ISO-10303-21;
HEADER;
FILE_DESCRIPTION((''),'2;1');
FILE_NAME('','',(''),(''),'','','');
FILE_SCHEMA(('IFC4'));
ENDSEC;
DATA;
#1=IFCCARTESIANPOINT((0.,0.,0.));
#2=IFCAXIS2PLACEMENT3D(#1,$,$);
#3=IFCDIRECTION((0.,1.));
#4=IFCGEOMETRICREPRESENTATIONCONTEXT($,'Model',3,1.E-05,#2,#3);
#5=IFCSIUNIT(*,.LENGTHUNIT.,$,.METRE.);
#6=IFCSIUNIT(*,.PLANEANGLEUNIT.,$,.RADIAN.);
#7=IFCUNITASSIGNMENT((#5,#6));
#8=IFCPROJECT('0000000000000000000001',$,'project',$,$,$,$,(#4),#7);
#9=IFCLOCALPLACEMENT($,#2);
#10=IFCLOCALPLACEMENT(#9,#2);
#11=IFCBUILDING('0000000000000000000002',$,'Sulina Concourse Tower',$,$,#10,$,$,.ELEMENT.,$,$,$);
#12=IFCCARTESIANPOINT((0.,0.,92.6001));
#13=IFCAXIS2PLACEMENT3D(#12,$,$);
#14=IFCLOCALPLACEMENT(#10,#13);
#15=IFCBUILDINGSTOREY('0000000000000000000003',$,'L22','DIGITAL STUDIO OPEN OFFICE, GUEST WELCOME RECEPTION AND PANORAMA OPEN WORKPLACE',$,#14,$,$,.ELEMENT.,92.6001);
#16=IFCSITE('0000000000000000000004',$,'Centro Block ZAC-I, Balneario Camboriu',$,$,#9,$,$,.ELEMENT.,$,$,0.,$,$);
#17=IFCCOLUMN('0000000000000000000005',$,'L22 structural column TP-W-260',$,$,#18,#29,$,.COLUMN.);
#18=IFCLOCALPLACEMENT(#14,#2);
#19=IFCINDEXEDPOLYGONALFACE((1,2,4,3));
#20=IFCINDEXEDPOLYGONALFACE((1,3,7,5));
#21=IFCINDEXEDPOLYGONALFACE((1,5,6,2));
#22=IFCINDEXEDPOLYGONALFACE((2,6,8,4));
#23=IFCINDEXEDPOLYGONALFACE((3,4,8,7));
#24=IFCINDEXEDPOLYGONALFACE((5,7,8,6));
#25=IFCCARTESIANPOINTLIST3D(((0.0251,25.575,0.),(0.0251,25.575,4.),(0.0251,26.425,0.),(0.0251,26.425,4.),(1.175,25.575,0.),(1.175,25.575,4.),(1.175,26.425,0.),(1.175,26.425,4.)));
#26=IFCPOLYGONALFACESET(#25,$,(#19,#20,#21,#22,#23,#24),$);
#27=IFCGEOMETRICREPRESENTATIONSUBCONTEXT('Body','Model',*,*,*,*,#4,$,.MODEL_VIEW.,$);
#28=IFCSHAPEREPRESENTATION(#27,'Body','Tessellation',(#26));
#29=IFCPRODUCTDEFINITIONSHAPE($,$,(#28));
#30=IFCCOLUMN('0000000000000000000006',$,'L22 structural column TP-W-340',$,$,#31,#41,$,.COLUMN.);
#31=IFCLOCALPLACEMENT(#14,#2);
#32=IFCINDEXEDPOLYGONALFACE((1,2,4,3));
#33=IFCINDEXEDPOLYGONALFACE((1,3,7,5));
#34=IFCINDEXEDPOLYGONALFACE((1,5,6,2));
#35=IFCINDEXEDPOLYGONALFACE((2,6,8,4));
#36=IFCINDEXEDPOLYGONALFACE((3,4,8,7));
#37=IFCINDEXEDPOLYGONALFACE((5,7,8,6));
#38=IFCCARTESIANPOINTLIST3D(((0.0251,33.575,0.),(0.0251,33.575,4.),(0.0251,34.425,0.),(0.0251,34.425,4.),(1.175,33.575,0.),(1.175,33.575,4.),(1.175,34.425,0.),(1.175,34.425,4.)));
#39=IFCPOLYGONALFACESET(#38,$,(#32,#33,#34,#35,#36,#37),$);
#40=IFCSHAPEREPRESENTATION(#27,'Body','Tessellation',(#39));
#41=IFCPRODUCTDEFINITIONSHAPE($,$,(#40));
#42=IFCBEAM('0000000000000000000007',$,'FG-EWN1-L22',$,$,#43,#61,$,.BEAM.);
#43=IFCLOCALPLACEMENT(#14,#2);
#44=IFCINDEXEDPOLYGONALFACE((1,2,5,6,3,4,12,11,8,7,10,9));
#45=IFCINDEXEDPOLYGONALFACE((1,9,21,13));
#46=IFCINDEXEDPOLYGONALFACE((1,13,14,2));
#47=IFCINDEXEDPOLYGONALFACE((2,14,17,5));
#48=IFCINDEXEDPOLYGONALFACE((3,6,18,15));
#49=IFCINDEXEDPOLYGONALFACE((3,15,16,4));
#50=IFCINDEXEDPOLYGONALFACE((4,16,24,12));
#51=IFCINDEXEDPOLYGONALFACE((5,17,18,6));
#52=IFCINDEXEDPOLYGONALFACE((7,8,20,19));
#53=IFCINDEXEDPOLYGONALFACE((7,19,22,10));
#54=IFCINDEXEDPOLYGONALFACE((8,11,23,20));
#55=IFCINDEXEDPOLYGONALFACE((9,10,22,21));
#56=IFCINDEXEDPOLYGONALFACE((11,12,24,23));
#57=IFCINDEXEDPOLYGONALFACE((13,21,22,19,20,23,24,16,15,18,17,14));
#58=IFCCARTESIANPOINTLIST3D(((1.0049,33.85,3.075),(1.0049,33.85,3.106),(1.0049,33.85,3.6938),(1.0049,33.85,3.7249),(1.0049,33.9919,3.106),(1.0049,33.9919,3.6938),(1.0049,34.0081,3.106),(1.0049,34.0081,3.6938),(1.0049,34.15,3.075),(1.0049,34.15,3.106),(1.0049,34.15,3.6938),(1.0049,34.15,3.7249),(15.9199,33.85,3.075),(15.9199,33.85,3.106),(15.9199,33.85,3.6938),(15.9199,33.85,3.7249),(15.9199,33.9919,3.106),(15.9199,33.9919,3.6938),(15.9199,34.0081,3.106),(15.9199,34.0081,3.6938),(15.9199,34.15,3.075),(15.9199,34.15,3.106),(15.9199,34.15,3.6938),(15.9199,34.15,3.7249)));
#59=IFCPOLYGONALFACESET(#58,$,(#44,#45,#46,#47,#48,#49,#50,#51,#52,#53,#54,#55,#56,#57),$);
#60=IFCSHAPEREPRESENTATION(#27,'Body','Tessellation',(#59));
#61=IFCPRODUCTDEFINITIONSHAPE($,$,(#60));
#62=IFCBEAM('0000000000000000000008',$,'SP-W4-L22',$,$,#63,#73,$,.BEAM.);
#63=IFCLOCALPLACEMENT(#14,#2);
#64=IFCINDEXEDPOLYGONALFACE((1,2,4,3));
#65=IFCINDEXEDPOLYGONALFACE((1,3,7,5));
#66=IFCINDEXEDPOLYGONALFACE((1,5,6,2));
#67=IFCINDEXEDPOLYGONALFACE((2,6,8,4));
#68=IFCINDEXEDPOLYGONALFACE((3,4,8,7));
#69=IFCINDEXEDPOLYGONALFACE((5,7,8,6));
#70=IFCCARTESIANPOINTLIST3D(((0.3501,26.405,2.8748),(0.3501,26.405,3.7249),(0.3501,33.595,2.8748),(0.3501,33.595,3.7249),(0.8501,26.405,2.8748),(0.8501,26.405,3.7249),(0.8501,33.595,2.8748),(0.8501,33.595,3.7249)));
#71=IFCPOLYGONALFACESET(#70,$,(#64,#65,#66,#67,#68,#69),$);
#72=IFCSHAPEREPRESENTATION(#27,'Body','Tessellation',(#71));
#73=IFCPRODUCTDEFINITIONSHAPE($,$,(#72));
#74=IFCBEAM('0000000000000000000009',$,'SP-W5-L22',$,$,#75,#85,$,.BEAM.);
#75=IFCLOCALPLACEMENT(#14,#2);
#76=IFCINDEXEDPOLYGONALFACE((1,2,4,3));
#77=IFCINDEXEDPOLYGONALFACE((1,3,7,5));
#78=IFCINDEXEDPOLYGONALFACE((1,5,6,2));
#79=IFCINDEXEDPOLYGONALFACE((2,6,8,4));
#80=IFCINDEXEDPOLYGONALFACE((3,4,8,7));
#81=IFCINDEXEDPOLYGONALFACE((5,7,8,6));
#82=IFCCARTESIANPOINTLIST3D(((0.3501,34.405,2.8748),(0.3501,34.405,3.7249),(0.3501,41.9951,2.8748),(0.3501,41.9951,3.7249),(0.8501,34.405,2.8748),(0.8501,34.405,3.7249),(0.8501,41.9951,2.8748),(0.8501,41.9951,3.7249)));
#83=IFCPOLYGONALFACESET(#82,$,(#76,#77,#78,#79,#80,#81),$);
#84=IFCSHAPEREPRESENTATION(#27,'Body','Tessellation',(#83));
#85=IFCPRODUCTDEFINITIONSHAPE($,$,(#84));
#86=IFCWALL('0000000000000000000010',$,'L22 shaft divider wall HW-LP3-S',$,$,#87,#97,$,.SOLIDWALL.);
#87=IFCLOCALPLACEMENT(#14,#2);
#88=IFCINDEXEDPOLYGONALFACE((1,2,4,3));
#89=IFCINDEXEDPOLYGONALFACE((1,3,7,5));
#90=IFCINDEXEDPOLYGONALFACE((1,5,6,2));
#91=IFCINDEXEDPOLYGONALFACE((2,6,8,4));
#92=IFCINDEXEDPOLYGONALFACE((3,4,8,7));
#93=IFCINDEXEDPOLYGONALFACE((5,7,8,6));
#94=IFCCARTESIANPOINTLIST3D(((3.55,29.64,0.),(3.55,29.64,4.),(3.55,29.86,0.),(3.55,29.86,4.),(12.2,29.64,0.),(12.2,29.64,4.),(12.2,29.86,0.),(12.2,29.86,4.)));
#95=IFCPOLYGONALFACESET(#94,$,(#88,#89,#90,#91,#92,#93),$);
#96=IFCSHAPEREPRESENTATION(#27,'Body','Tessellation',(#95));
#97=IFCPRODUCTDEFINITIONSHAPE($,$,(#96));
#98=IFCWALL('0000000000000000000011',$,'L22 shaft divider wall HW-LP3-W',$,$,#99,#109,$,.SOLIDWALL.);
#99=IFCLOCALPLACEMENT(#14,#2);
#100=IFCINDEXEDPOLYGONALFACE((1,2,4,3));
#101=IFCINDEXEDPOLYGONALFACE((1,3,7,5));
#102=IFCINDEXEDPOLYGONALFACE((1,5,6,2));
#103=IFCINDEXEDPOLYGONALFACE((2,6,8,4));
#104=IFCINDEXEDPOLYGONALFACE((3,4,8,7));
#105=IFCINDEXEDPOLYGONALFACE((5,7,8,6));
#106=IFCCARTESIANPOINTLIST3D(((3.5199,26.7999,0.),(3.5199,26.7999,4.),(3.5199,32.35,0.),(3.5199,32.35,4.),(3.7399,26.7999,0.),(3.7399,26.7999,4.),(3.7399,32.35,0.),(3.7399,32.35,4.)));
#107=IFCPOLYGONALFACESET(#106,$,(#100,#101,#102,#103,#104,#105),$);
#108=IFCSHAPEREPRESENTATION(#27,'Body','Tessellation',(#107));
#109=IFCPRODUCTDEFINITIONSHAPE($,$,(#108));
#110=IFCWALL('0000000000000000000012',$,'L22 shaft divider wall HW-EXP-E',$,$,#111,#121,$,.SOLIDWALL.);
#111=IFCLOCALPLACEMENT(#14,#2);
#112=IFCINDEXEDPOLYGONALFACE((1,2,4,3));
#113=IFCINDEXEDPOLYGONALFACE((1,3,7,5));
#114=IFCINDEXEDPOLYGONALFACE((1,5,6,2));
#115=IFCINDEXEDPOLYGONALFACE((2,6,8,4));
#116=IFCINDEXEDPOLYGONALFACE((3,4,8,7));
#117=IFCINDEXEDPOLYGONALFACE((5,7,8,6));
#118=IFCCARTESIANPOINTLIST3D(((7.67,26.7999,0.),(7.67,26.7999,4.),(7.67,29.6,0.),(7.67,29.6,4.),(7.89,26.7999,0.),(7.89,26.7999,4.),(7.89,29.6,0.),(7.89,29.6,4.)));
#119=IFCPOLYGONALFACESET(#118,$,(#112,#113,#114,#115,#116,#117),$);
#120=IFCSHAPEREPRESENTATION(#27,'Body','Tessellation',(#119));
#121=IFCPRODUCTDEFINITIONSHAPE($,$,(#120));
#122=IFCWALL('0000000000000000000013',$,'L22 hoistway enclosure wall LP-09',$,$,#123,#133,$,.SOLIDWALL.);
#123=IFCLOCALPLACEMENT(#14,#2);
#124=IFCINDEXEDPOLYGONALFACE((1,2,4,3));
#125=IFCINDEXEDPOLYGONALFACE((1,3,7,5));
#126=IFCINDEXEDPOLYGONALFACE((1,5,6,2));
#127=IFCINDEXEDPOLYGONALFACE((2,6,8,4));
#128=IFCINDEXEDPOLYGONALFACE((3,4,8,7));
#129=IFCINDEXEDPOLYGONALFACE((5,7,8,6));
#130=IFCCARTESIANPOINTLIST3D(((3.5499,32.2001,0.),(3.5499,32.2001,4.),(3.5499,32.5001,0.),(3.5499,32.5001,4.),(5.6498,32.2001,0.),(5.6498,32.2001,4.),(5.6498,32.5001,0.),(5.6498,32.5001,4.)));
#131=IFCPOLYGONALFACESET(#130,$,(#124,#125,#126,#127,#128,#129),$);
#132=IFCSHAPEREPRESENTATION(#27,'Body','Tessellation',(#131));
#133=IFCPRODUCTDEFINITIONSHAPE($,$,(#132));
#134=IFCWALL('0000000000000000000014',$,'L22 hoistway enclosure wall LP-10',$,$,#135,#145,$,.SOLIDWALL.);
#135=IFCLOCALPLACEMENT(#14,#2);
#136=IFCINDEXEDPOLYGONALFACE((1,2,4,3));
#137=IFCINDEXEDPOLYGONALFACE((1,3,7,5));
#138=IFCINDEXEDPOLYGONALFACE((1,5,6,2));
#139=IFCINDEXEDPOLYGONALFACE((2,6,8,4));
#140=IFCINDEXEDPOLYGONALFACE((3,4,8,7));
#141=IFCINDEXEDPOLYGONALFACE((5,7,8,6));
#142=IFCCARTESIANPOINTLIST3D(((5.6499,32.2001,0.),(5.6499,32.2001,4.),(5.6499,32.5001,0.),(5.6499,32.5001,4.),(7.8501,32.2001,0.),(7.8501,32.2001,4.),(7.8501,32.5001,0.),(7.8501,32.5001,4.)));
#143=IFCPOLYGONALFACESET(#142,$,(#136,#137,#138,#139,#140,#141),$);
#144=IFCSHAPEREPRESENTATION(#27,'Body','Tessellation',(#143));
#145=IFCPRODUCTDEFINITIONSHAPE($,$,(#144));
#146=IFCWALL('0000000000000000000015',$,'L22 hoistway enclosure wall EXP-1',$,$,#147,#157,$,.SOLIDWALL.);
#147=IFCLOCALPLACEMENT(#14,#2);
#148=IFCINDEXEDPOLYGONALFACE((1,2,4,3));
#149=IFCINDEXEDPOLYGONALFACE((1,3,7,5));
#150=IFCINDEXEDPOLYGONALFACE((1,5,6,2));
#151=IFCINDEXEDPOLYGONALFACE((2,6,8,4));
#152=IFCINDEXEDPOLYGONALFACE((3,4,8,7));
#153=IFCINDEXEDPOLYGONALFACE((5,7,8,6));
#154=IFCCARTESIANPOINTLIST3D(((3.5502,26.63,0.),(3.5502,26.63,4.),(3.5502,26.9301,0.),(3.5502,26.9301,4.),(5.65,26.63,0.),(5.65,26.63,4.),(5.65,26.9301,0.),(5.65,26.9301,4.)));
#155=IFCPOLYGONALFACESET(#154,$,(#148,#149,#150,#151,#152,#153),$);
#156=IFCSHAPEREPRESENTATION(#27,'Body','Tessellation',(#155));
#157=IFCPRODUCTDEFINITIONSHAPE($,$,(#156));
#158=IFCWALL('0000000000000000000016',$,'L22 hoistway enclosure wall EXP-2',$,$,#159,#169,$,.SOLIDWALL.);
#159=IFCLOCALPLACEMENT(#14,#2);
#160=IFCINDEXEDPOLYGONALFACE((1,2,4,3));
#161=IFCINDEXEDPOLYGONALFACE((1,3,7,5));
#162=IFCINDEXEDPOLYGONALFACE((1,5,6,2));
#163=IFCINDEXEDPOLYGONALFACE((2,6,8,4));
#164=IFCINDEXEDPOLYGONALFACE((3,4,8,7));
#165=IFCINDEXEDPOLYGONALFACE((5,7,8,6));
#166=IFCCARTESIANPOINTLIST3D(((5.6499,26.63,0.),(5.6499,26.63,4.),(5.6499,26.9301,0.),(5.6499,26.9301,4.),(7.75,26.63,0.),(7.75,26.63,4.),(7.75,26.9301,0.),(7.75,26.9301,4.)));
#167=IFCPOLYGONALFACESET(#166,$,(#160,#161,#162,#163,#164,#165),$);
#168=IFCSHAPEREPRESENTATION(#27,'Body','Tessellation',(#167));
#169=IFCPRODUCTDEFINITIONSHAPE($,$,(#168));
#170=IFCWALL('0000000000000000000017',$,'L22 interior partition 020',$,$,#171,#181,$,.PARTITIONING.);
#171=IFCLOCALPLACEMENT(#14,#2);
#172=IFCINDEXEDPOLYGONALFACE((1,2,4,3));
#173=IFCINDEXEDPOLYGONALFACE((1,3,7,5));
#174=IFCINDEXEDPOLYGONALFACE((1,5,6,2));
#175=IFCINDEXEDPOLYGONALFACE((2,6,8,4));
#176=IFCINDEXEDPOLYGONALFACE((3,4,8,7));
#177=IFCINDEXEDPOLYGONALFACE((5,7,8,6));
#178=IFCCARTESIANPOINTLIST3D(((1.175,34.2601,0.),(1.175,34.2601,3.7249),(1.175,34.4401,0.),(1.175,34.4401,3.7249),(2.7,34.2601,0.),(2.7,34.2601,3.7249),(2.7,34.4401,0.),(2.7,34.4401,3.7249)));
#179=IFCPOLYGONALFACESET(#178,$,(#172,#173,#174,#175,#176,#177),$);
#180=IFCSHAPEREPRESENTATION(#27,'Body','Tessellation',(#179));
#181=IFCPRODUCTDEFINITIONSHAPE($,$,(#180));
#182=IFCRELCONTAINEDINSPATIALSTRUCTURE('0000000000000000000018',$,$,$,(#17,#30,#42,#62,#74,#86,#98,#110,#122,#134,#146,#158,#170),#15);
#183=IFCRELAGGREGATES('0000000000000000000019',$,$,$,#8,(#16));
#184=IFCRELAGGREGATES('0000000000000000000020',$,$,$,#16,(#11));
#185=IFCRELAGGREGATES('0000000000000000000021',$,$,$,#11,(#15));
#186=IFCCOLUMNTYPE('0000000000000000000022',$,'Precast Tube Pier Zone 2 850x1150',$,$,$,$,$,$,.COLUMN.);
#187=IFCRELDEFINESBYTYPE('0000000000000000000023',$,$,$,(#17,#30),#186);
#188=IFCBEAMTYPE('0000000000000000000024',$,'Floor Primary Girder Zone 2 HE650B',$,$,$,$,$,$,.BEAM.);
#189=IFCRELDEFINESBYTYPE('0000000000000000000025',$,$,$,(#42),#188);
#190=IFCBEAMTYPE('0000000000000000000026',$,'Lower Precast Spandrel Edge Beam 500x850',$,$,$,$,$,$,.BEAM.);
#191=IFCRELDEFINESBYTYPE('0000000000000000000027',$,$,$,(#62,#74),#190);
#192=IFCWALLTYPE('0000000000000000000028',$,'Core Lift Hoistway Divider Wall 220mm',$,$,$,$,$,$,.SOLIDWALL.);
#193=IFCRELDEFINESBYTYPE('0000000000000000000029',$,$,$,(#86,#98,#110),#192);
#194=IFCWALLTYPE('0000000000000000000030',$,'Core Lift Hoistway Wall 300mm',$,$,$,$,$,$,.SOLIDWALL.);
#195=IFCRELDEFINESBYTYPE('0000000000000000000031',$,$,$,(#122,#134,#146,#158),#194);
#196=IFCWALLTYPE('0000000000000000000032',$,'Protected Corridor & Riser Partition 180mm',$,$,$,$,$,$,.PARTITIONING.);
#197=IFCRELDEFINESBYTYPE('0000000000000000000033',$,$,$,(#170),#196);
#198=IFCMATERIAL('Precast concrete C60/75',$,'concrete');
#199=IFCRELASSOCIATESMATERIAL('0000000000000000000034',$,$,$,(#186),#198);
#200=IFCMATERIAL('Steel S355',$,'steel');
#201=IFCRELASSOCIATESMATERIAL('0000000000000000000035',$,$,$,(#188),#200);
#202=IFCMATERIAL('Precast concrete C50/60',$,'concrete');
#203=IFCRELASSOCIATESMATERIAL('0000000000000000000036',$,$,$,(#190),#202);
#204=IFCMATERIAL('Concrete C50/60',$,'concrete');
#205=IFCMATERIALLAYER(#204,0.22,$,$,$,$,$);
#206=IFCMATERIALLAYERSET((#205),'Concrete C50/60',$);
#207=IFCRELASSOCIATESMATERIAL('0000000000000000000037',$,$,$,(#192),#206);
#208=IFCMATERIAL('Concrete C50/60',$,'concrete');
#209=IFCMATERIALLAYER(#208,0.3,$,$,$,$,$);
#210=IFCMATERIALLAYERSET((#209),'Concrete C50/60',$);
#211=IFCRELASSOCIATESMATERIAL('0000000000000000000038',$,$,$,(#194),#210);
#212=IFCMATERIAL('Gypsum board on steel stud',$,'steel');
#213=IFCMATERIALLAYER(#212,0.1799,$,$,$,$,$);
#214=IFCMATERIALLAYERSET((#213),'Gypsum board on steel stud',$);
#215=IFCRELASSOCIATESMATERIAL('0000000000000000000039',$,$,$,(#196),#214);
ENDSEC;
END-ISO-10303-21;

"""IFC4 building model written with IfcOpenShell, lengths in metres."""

from ifc_helpers import new_model, si_unit, direction, frame, frame_2d, origin, origin_2d, place, context, subcontext, project, spatial, rectangle, i_section, extrude, material, layer, layer_set, material_profile, profile_set, type_object, element, save


model = new_model("IFC4")

# Units and contexts
model_context = context("Model", 3, precision=1e-05, world=origin(), true_north=direction((0.0, 1.0)))
body_context = subcontext(model_context, "Body", "Model", "MODEL_VIEW")
ifc_project = project(units=[si_unit("LENGTHUNIT", "METRE"), si_unit("PLANEANGLEUNIT", "RADIAN")], contexts=[model_context])

# Site, building, storey
site_placement = place(None, origin())
site = spatial("IfcSite", under=ifc_project, at=site_placement, Name="Centro Block ZAC-I, Balneario Camboriu", CompositionType="ELEMENT", RefElevation=0.0)
building_placement = place(site_placement, origin())
building = spatial("IfcBuilding", under=site, at=building_placement, Name="Sulina Concourse Tower", CompositionType="ELEMENT")
storey_placement = place(building_placement, frame((0.0, 0.0, 92.6001)))
storey = spatial("IfcBuildingStorey", under=building, at=storey_placement, Name="L22", Description="DIGITAL STUDIO OPEN OFFICE, GUEST WELCOME RECEPTION AND PANORAMA OPEN WORKPLACE", CompositionType="ELEMENT", Elevation=92.6001)

# Columns
ifc_material_1 = material(Name="Precast concrete C60/75", Category="concrete")
ifc_material_profile_1 = material_profile(ifc_material_1, rectangle(XDim=0.8501, YDim=1.1499, at=origin_2d()), Name="PC 850x1150")
ifc_profile_set_1 = profile_set([ifc_material_profile_1], Name="Precast concrete C60/75")
column_type = type_object("IfcColumnType", Name="Precast Tube Pier Zone 2 850x1150", PredefinedType="COLUMN", material=ifc_profile_set_1)
for number, where, z_axis, x_axis, name in (
    (1, (0.6001, 26.0, 0.0), (0.0, 0.0, 1.0), (0.0, 1.0, 0.0), "L22 structural column TP-W-260"),
    (2, (0.6001, 34.0, 0.0), (0.0, 0.0, 1.0), (0.0, 1.0, 0.0), "L22 structural column TP-W-340"),
):
    element("IfcColumn", number, at=place(storey_placement, frame(where, z_axis=z_axis, x_axis=x_axis)), inside=storey, type_object=column_type, Name=name, PredefinedType="COLUMN", context=body_context, shape_type="SweptSolid", body=[
        extrude(rectangle(XDim=0.8501, YDim=1.1499, at=origin_2d()), origin(), (0.0, 0.0, 1.0), 4.0),
    ])

# Beams
ifc_material_2 = material(Name="Steel S355", Category="steel")
ifc_material_profile_2 = material_profile(ifc_material_2, i_section(OverallWidth=0.3, OverallDepth=0.6499, WebThickness=0.0161, FlangeThickness=0.031, at=origin_2d()), Name="HE 650 B")
ifc_profile_set_2 = profile_set([ifc_material_profile_2], Name="Steel S355")
beam_type_1 = type_object("IfcBeamType", Name="Floor Primary Girder Zone 2 HE650B", PredefinedType="BEAM", material=ifc_profile_set_2)
beam_1_placement = place(storey_placement, frame((1.0049, 34.0, 3.3999), z_axis=(1.0, 0.0, 0.0), x_axis=(0.0, 1.0, 0.0)))
element("IfcBeam", 3, at=beam_1_placement, inside=storey, type_object=beam_type_1, Name="FG-EWN1-L22", PredefinedType="BEAM", context=body_context, shape_type="SweptSolid", body=[
    extrude(i_section(OverallWidth=0.3, OverallDepth=0.6499, WebThickness=0.0161, FlangeThickness=0.031, at=origin_2d()), origin(), (0.0, 0.0, 1.0), 14.915),
])
ifc_material_3 = material(Name="Precast concrete C50/60", Category="concrete")
ifc_material_profile_3 = material_profile(ifc_material_3, rectangle(XDim=0.5, YDim=0.8501, at=origin_2d()), Name="RC 500x850")
ifc_profile_set_3 = profile_set([ifc_material_profile_3], Name="Precast concrete C50/60")
beam_type_2 = type_object("IfcBeamType", Name="Lower Precast Spandrel Edge Beam 500x850", PredefinedType="BEAM", material=ifc_profile_set_3)
beam_2_placement = place(storey_placement, frame((0.6001, 26.405, 3.2998), z_axis=(0.0, 1.0, 0.0), x_axis=(-1.0, 0.0, 0.0)))
element("IfcBeam", 4, at=beam_2_placement, inside=storey, type_object=beam_type_2, Name="SP-W4-L22", PredefinedType="BEAM", context=body_context, shape_type="SweptSolid", body=[
    extrude(rectangle(XDim=0.5, YDim=0.8501, at=origin_2d()), origin(), (0.0, 0.0, 1.0), 7.1899),
])
beam_3_placement = place(storey_placement, frame((0.6001, 34.405, 3.2998), z_axis=(0.0, 1.0, 0.0), x_axis=(-1.0, 0.0, 0.0)))
element("IfcBeam", 5, at=beam_3_placement, inside=storey, type_object=beam_type_2, Name="SP-W5-L22", PredefinedType="BEAM", context=body_context, shape_type="SweptSolid", body=[
    extrude(rectangle(XDim=0.5, YDim=0.8501, at=origin_2d()), origin(), (0.0, 0.0, 1.0), 7.5901),
])

# Walls
ifc_material_4 = material(Name="Concrete C50/60", Category="concrete")
ifc_layer_1 = layer(ifc_material_4, 0.22)
ifc_layer_set_1 = layer_set([ifc_layer_1], Name="Concrete C50/60")
wall_type_1 = type_object("IfcWallType", Name="Core Lift Hoistway Divider Wall 220mm", PredefinedType="SOLIDWALL", material=ifc_layer_set_1)
wall_1_placement = place(storey_placement, frame((3.55, 29.75, 0.0), z_axis=(0.0, 0.0, 1.0), x_axis=(1.0, 0.0, 0.0)))
element("IfcWall", 6, at=wall_1_placement, inside=storey, type_object=wall_type_1, Name="L22 shaft divider wall HW-LP3-S", PredefinedType="SOLIDWALL", context=body_context, shape_type="SweptSolid", body=[
    extrude(rectangle(XDim=8.6499, YDim=0.22, at=frame_2d((4.325, 0.0))), origin(), (0.0, 0.0, 1.0), 4.0),
])
wall_2_placement = place(storey_placement, frame((3.6299, 26.8, 0.0), z_axis=(0.0, 0.0, 1.0), x_axis=(0.0, 1.0, 0.0)))
element("IfcWall", 7, at=wall_2_placement, inside=storey, type_object=wall_type_1, Name="L22 shaft divider wall HW-LP3-W", PredefinedType="SOLIDWALL", context=body_context, shape_type="SweptSolid", body=[
    extrude(rectangle(XDim=5.55, YDim=0.22, at=frame_2d((2.7749, 0.0))), origin(), (0.0, 0.0, 1.0), 4.0),
])
wall_3_placement = place(storey_placement, frame((7.78, 26.8, 0.0), z_axis=(0.0, 0.0, 1.0), x_axis=(0.0, 1.0, 0.0)))
element("IfcWall", 8, at=wall_3_placement, inside=storey, type_object=wall_type_1, Name="L22 shaft divider wall HW-EXP-E", PredefinedType="SOLIDWALL", context=body_context, shape_type="SweptSolid", body=[
    extrude(rectangle(XDim=2.8, YDim=0.22, at=frame_2d((1.3999, 0.0))), origin(), (0.0, 0.0, 1.0), 4.0),
])
ifc_material_5 = material(Name="Concrete C50/60", Category="concrete")
ifc_layer_2 = layer(ifc_material_5, 0.3)
ifc_layer_set_2 = layer_set([ifc_layer_2], Name="Concrete C50/60")
wall_type_2 = type_object("IfcWallType", Name="Core Lift Hoistway Wall 300mm", PredefinedType="SOLIDWALL", material=ifc_layer_set_2)
wall_4_placement = place(storey_placement, frame((3.55, 32.3501, 0.0), z_axis=(0.0, 0.0, 1.0), x_axis=(1.0, 0.0, 0.0)))
element("IfcWall", 9, at=wall_4_placement, inside=storey, type_object=wall_type_2, Name="L22 hoistway enclosure wall LP-09", PredefinedType="SOLIDWALL", context=body_context, shape_type="SweptSolid", body=[
    extrude(rectangle(XDim=2.0999, YDim=0.3, at=frame_2d((1.0498, 0.0))), origin(), (0.0, 0.0, 1.0), 4.0),
])
wall_5_placement = place(storey_placement, frame((5.6499, 32.3501, 0.0), z_axis=(0.0, 0.0, 1.0), x_axis=(1.0, 0.0, 0.0)))
element("IfcWall", 10, at=wall_5_placement, inside=storey, type_object=wall_type_2, Name="L22 hoistway enclosure wall LP-10", PredefinedType="SOLIDWALL", context=body_context, shape_type="SweptSolid", body=[
    extrude(rectangle(XDim=2.2002, YDim=0.3, at=frame_2d((1.1001, 0.0))), origin(), (0.0, 0.0, 1.0), 4.0),
])
wall_6_placement = place(storey_placement, frame((5.6499, 26.78, 0.0), z_axis=(0.0, 0.0, 1.0), x_axis=(-1.0, 0.0, 0.0)))
element("IfcWall", 11, at=wall_6_placement, inside=storey, type_object=wall_type_2, Name="L22 hoistway enclosure wall EXP-1", PredefinedType="SOLIDWALL", context=body_context, shape_type="SweptSolid", body=[
    extrude(rectangle(XDim=2.0999, YDim=0.3, at=frame_2d((1.0498, 0.0))), origin(), (0.0, 0.0, 1.0), 4.0),
])
wall_7_placement = place(storey_placement, frame((7.75, 26.78, 0.0), z_axis=(0.0, 0.0, 1.0), x_axis=(-1.0, 0.0, 0.0)))
element("IfcWall", 12, at=wall_7_placement, inside=storey, type_object=wall_type_2, Name="L22 hoistway enclosure wall EXP-2", PredefinedType="SOLIDWALL", context=body_context, shape_type="SweptSolid", body=[
    extrude(rectangle(XDim=2.1001, YDim=0.3, at=frame_2d((1.05, 0.0))), origin(), (0.0, 0.0, 1.0), 4.0),
])
ifc_material_6 = material(Name="Gypsum board on steel stud", Category="steel")
ifc_layer_3 = layer(ifc_material_6, 0.1799)
ifc_layer_set_3 = layer_set([ifc_layer_3], Name="Gypsum board on steel stud")
wall_type_3 = type_object("IfcWallType", Name="Protected Corridor & Riser Partition 180mm", PredefinedType="PARTITIONING", material=ifc_layer_set_3)
wall_8_placement = place(storey_placement, frame((1.175, 34.3501, 0.0), z_axis=(0.0, 0.0, 1.0), x_axis=(1.0, 0.0, 0.0)))
element("IfcWall", 13, at=wall_8_placement, inside=storey, type_object=wall_type_3, Name="L22 interior partition 020", PredefinedType="PARTITIONING", context=body_context, shape_type="SweptSolid", body=[
    extrude(rectangle(XDim=1.5249, YDim=0.1799, at=frame_2d((0.7625, 0.0))), origin(), (0.0, 0.0, 1.0), 3.7249),
])

save(model, "model.ifc")
